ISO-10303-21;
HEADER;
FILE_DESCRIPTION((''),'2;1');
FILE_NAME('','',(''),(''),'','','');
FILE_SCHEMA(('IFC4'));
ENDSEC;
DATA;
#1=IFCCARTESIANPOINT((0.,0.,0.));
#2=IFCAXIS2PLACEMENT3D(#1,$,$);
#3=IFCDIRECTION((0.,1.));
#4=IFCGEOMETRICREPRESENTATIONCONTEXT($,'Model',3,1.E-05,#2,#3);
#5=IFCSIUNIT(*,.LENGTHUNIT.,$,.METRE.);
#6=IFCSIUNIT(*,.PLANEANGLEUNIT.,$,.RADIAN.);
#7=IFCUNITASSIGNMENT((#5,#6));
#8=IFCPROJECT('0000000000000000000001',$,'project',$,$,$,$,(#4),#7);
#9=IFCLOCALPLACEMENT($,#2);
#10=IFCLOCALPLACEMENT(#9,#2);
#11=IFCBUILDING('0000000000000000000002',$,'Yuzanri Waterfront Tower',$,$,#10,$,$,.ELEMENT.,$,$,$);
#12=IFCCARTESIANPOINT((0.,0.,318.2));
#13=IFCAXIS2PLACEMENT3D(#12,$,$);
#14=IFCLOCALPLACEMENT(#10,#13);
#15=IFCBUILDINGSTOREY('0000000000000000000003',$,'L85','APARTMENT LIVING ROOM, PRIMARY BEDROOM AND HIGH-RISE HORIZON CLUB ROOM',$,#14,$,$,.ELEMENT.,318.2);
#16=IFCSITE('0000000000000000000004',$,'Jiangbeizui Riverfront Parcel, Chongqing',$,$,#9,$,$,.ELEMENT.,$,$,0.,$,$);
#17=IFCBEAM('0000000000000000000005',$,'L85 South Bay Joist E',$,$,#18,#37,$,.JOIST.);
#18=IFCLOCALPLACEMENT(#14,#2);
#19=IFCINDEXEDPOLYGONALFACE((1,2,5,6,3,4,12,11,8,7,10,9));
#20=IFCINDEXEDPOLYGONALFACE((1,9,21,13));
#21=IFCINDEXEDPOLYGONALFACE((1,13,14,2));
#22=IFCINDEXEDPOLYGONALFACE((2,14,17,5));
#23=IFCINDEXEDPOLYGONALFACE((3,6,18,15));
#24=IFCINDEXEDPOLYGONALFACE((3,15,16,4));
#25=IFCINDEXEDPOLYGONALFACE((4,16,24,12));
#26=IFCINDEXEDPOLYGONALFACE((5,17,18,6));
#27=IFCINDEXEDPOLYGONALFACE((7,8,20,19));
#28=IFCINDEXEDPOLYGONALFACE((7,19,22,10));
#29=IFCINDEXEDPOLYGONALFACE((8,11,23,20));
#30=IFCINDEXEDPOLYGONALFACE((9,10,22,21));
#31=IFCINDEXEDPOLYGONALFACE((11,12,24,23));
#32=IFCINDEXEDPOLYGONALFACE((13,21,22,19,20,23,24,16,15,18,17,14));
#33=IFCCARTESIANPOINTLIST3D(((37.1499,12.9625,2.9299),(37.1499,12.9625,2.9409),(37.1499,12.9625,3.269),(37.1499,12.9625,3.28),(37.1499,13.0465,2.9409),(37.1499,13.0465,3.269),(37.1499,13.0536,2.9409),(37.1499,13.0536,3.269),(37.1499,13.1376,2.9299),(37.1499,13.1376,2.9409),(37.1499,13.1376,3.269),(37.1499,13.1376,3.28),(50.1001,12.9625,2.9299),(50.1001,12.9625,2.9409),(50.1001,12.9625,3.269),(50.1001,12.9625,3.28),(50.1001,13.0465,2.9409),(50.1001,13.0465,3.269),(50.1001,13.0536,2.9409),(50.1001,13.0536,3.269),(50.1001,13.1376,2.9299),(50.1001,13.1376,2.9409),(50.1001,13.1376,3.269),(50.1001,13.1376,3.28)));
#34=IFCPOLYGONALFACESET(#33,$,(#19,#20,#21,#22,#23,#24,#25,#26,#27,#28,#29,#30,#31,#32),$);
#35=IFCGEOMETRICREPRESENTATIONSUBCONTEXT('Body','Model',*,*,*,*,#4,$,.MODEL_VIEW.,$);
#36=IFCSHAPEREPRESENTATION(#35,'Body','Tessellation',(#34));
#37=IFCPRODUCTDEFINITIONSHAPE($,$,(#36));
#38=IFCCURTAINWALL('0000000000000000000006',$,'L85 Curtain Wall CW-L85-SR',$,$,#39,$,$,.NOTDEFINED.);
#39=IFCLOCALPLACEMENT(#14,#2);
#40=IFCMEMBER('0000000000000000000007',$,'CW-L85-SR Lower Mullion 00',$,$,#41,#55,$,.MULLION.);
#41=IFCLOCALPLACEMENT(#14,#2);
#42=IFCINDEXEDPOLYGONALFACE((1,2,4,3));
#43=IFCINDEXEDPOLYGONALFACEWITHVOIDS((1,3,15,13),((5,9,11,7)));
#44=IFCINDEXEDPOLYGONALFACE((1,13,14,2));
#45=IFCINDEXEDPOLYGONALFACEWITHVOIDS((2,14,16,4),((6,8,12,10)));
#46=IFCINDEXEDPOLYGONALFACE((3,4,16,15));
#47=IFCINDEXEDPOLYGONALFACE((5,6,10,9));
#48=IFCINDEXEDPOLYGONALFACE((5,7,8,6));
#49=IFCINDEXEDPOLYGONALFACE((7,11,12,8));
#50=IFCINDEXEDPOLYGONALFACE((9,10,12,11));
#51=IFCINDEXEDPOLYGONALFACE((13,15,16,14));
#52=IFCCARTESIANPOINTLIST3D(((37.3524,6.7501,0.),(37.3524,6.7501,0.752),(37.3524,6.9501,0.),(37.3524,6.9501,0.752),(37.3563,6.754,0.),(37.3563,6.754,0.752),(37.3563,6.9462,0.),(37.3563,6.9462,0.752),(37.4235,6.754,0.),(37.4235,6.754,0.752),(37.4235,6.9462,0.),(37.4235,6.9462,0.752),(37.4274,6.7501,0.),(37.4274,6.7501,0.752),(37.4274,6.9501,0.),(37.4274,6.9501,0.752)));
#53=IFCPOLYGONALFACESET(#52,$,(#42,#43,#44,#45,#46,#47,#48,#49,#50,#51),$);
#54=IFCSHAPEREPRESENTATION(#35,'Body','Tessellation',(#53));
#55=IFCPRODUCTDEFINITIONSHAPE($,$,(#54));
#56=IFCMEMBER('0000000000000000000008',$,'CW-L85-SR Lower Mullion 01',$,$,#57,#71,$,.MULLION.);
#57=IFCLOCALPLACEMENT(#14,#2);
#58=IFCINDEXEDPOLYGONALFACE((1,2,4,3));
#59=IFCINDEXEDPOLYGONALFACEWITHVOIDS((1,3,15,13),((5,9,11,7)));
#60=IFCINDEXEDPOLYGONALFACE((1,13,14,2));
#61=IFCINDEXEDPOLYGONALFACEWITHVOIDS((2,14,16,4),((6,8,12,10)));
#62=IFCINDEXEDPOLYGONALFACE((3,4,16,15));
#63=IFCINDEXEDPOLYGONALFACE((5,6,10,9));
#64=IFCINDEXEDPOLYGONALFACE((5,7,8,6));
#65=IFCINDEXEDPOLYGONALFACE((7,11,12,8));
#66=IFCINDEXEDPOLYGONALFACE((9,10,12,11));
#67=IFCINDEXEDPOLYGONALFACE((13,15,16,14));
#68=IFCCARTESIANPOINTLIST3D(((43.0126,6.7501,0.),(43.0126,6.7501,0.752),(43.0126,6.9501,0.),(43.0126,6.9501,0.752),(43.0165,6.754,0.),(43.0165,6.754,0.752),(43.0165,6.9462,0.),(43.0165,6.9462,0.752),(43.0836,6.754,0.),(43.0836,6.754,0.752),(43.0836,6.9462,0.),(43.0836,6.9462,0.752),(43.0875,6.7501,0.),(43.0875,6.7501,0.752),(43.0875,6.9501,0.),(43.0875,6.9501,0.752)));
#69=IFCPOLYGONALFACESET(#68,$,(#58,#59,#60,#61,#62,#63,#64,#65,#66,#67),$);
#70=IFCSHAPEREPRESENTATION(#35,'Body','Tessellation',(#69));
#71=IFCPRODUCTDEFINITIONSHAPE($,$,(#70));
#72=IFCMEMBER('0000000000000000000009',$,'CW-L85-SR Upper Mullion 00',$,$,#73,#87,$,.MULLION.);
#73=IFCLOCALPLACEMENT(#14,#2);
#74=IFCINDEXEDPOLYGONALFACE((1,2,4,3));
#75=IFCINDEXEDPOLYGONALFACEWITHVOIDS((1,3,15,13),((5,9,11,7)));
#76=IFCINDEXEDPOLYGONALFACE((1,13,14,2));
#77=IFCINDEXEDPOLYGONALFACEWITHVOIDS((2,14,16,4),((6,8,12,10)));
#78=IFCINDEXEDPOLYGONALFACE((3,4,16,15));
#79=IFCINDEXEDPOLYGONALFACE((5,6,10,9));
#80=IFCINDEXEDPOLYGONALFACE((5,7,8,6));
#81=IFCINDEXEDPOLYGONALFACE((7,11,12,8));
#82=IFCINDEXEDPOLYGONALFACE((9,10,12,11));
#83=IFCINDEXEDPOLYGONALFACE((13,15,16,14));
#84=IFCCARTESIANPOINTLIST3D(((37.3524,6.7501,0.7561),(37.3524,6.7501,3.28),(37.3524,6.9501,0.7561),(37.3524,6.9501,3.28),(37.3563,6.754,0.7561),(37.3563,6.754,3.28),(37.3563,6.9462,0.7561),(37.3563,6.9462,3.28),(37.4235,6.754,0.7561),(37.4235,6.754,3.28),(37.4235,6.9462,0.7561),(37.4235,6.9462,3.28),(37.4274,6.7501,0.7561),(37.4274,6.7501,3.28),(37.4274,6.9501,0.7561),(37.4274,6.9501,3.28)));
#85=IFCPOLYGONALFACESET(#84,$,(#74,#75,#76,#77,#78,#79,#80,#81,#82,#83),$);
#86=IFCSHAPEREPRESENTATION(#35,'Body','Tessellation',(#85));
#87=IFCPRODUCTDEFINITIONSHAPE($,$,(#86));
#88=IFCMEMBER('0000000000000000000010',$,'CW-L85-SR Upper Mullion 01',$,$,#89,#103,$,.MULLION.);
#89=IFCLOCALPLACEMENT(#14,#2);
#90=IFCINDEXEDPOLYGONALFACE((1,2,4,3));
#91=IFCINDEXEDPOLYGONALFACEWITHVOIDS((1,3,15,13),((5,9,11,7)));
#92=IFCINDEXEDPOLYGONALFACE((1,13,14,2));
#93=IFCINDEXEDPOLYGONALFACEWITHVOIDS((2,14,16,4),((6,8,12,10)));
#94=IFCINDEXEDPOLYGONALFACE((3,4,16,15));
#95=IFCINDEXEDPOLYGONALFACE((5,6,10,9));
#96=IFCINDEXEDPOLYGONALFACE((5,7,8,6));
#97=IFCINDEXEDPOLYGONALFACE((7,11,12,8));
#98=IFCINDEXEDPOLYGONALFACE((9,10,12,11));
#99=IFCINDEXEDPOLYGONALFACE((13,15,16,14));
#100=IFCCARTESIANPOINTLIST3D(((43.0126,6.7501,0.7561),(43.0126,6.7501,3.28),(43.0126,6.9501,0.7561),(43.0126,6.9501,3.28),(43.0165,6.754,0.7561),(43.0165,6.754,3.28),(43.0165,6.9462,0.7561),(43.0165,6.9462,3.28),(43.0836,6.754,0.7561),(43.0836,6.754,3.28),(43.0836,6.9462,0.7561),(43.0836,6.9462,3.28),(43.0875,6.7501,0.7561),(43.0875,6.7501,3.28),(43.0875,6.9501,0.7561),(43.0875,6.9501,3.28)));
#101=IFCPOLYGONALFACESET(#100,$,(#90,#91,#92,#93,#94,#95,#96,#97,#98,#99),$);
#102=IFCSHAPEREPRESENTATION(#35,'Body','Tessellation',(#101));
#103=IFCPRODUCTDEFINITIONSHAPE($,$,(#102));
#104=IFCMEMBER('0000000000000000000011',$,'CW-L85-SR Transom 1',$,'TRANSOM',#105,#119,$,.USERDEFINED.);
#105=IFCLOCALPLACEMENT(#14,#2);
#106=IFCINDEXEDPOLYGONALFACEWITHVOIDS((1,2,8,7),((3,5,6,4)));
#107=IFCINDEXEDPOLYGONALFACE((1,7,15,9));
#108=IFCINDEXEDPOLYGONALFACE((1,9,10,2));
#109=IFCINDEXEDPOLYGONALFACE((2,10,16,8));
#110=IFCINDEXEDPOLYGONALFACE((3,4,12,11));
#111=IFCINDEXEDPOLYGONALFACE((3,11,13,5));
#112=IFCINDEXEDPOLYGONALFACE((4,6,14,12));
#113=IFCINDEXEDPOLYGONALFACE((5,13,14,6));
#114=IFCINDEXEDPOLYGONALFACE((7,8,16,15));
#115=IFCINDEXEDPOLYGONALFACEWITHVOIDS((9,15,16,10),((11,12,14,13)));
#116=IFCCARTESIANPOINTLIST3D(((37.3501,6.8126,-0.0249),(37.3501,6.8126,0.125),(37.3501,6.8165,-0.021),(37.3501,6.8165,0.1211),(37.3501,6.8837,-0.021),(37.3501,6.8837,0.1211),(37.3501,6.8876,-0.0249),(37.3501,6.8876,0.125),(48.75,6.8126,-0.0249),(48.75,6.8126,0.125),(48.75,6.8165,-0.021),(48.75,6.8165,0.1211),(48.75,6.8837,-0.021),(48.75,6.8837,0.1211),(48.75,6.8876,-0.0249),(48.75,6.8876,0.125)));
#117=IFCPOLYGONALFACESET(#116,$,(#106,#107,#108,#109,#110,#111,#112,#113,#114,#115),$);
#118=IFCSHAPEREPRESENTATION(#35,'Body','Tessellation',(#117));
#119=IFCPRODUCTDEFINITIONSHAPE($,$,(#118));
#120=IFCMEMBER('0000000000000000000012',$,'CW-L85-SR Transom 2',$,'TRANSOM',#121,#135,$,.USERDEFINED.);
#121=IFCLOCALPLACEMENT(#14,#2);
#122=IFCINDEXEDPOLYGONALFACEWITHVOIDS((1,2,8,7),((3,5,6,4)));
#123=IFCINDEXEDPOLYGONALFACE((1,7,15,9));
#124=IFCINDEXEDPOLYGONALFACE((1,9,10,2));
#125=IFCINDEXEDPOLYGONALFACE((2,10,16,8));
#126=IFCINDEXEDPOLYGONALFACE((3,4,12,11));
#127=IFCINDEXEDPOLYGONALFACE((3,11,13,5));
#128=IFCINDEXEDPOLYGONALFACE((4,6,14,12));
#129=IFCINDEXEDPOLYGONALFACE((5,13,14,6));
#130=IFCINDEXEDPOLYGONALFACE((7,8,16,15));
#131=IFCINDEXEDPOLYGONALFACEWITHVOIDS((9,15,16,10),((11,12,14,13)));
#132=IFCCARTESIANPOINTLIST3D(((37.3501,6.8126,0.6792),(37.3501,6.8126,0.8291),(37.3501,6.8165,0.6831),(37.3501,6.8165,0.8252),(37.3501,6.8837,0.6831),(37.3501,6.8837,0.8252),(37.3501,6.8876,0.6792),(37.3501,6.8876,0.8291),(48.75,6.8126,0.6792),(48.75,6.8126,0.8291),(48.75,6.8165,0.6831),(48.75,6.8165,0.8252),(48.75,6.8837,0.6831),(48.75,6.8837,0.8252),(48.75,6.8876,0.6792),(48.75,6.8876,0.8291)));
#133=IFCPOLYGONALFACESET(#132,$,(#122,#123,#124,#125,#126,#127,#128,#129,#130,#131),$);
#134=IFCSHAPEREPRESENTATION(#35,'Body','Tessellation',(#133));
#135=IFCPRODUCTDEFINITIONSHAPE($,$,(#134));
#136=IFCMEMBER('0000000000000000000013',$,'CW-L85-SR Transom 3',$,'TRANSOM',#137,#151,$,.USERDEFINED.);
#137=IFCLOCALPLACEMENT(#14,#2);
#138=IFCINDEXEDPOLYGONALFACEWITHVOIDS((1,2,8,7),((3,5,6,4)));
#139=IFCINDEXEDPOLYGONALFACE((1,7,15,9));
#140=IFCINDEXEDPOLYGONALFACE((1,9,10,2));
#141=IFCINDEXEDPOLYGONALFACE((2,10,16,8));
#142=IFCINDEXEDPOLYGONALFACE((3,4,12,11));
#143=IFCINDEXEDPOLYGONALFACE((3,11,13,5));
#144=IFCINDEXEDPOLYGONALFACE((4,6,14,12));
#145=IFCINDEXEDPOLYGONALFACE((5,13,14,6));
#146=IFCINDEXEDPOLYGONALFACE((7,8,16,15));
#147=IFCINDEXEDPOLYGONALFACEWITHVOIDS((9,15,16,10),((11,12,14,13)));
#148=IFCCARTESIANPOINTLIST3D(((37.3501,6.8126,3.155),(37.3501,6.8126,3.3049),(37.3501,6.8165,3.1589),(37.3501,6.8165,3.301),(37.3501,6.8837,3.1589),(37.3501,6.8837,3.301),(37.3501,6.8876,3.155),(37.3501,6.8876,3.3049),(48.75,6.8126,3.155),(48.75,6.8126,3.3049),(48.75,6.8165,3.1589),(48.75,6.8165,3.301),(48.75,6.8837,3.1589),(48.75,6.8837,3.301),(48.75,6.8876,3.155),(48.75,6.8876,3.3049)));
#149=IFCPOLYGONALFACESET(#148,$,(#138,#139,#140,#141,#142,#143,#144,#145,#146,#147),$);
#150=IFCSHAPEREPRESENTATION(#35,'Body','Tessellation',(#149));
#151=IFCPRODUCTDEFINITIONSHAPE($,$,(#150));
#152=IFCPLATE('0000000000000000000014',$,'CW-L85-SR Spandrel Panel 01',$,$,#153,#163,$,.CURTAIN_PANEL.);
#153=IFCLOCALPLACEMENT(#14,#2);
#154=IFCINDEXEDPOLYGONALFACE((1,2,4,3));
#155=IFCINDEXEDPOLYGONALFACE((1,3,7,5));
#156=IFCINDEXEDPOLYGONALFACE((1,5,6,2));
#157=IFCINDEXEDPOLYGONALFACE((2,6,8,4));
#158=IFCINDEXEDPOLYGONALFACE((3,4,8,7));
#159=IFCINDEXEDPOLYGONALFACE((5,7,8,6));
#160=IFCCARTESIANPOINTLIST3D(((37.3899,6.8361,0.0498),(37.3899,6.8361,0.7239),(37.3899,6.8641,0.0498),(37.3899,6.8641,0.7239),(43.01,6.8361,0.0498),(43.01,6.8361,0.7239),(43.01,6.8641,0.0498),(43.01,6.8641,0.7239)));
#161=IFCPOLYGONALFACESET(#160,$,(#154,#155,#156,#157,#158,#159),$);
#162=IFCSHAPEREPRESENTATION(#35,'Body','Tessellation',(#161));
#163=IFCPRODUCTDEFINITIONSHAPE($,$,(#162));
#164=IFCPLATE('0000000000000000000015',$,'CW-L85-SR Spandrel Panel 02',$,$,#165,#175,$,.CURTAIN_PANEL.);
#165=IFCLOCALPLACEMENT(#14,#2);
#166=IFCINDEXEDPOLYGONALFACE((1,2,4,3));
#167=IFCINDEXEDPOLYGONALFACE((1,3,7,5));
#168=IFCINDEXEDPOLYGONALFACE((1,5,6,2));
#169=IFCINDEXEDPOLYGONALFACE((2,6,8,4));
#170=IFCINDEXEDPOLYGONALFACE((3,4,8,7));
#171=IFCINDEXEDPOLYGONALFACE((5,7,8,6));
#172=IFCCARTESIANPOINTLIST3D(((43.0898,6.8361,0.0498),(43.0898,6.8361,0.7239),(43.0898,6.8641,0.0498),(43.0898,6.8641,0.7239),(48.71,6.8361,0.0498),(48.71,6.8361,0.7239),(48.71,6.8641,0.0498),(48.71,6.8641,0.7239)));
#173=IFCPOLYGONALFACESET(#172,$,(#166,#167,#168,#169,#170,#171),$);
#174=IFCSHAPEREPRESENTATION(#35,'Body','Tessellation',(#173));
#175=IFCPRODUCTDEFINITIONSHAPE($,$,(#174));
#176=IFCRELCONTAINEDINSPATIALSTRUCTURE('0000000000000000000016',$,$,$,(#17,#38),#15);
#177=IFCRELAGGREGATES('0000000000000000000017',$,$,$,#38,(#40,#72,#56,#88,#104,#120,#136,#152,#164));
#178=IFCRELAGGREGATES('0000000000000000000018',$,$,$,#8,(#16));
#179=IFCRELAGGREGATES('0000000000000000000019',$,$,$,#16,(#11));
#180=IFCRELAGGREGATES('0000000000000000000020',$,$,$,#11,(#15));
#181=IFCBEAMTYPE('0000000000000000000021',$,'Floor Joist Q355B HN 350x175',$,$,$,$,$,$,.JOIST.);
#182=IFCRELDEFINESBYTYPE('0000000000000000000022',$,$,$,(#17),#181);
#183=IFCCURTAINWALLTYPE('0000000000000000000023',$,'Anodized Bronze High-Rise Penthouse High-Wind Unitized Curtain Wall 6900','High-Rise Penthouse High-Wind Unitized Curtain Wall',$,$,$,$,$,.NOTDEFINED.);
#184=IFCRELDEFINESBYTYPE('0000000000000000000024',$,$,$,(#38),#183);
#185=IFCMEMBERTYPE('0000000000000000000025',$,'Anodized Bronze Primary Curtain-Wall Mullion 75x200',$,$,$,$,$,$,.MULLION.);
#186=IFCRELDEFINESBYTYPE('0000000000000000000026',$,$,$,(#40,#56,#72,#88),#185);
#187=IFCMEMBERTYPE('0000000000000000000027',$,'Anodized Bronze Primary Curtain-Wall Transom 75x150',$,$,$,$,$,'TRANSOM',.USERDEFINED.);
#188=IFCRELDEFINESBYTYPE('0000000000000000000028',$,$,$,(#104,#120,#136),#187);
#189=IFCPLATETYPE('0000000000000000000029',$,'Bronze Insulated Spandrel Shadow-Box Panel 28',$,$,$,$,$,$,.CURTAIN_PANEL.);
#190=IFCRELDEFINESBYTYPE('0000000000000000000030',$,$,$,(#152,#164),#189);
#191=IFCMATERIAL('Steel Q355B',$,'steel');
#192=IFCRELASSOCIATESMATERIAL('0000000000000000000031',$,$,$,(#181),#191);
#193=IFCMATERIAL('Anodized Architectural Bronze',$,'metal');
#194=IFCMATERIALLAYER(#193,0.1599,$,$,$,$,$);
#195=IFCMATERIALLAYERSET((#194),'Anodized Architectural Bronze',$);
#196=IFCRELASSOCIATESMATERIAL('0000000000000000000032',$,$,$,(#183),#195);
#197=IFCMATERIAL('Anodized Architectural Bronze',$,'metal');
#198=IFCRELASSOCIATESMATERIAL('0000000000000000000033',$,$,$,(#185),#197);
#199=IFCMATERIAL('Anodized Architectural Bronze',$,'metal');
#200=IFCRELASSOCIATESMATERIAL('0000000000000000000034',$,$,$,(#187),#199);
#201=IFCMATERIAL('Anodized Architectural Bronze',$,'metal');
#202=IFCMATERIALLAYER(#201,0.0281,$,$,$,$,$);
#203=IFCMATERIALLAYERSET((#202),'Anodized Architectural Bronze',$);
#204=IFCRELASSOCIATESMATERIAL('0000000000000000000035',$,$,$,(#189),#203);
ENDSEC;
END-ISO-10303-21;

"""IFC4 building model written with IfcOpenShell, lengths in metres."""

from ifc_helpers import new_model, si_unit, direction, frame, origin, origin_2d, place, context, subcontext, project, spatial, rectangle, hollow_rectangle, i_section, extrude, source, transform, mapped, material, layer, layer_set, material_profile, profile_set, type_object, element, aggregate, save


model = new_model("IFC4")

# Units and contexts
model_context = context("Model", 3, precision=1e-05, world=origin(), true_north=direction((0.0, 1.0)))
body_context = subcontext(model_context, "Body", "Model", "MODEL_VIEW")
ifc_project = project(units=[si_unit("LENGTHUNIT", "METRE"), si_unit("PLANEANGLEUNIT", "RADIAN")], contexts=[model_context])

# Site, building, storey
site_placement = place(None, origin())
site = spatial("IfcSite", under=ifc_project, at=site_placement, Name="Jiangbeizui Riverfront Parcel, Chongqing", CompositionType="ELEMENT", RefElevation=0.0)
building_placement = place(site_placement, origin())
building = spatial("IfcBuilding", under=site, at=building_placement, Name="Yuzanri Waterfront Tower", CompositionType="ELEMENT")
storey_placement = place(building_placement, frame((0.0, 0.0, 318.2)))
storey = spatial("IfcBuildingStorey", under=building, at=storey_placement, Name="L85", Description="APARTMENT LIVING ROOM, PRIMARY BEDROOM AND HIGH-RISE HORIZON CLUB ROOM", CompositionType="ELEMENT", Elevation=318.2)

# Beam
ifc_material_1 = material(Name="Steel Q355B", Category="steel")
ifc_material_profile_1 = material_profile(ifc_material_1, i_section(OverallWidth=0.175, OverallDepth=0.3501, WebThickness=0.0071, FlangeThickness=0.011, at=origin_2d()), Name="HN 350x175x7x11")
ifc_profile_set_1 = profile_set([ifc_material_profile_1], Name="Steel Q355B")
beam_type = type_object("IfcBeamType", Name="Floor Joist Q355B HN 350x175", PredefinedType="JOIST", material=ifc_profile_set_1)
shared_shape_1 = source(origin(), body_context, "Body", "SweptSolid", [
    extrude(i_section(OverallWidth=0.175, OverallDepth=0.3501, WebThickness=0.0071, FlangeThickness=0.011, at=origin_2d()), origin(), (0.0, 0.0, 1.0), 12.9502),
])
beam_placement = place(storey_placement, frame((37.1499, 13.05, 3.105), z_axis=(1.0, 0.0, 0.0), x_axis=(0.0, 1.0, 0.0)))
element("IfcBeam", 1, at=beam_placement, inside=storey, type_object=beam_type, Name="L85 South Bay Joist E", PredefinedType="JOIST", context=body_context, shape_type="MappedRepresentation", body=[
    mapped(shared_shape_1, transform((0.0, 0.0, 0.0), scale=1.0)),
])

# Curtain wall, members, plates
ifc_material_2 = material(Name="Anodized Architectural Bronze", Category="metal")
ifc_layer_1 = layer(ifc_material_2, 0.1599)
ifc_layer_set_1 = layer_set([ifc_layer_1], Name="Anodized Architectural Bronze")
curtain_wall_type = type_object("IfcCurtainWallType", Name="Anodized Bronze High-Rise Penthouse High-Wind Unitized Curtain Wall 6900", Description="High-Rise Penthouse High-Wind Unitized Curtain Wall", PredefinedType="NOTDEFINED", material=ifc_layer_set_1)
curtain_wall_placement = place(storey_placement, origin())
curtain_wall = element("IfcCurtainWall", 2, at=curtain_wall_placement, inside=storey, type_object=curtain_wall_type, Name="L85 Curtain Wall CW-L85-SR", PredefinedType="NOTDEFINED")
ifc_material_3 = material(Name="Anodized Architectural Bronze", Category="metal")
ifc_material_profile_2 = material_profile(ifc_material_3, hollow_rectangle(XDim=0.075, YDim=0.2, WallThickness=0.0039, at=origin_2d()), Name="CWM 75x200")
ifc_profile_set_2 = profile_set([ifc_material_profile_2], Name="Anodized Architectural Bronze")
member_type_1 = type_object("IfcMemberType", Name="Anodized Bronze Primary Curtain-Wall Mullion 75x200", PredefinedType="MULLION", material=ifc_profile_set_2)
shared_shape_2 = source(origin(), body_context, "Body", "SweptSolid", [
    extrude(hollow_rectangle(XDim=0.075, YDim=0.2, WallThickness=0.0039, at=origin_2d()), origin(), (0.0, 0.0, 1.0), 0.752),
])
member_1_placement = place(storey_placement, frame((37.3899, 6.8501, 0.0), z_axis=(0.0, 0.0, 1.0), x_axis=(1.0, 0.0, 0.0)))
member_1 = element("IfcMember", 3, at=member_1_placement, type_object=member_type_1, Name="CW-L85-SR Lower Mullion 00", PredefinedType="MULLION", context=body_context, shape_type="MappedRepresentation", body=[
    mapped(shared_shape_2, transform((0.0, 0.0, 0.0), scale=1.0)),
])
member_2_placement = place(storey_placement, frame((43.05, 6.8501, 0.0), z_axis=(0.0, 0.0, 1.0), x_axis=(1.0, 0.0, 0.0)))
member_2 = element("IfcMember", 4, at=member_2_placement, type_object=member_type_1, Name="CW-L85-SR Lower Mullion 01", PredefinedType="MULLION", context=body_context, shape_type="MappedRepresentation", body=[
    mapped(shared_shape_2, transform((0.0, 0.0, 0.0), scale=1.0)),
])
shared_shape_3 = source(origin(), body_context, "Body", "SweptSolid", [
    extrude(hollow_rectangle(XDim=0.075, YDim=0.2, WallThickness=0.0039, at=origin_2d()), origin(), (0.0, 0.0, 1.0), 2.5239),
])
member_3_placement = place(storey_placement, frame((37.3899, 6.8501, 0.7561), z_axis=(0.0, 0.0, 1.0), x_axis=(1.0, 0.0, 0.0)))
member_3 = element("IfcMember", 5, at=member_3_placement, type_object=member_type_1, Name="CW-L85-SR Upper Mullion 00", PredefinedType="MULLION", context=body_context, shape_type="MappedRepresentation", body=[
    mapped(shared_shape_3, transform((0.0, 0.0, 0.0), scale=1.0)),
])
member_4_placement = place(storey_placement, frame((43.05, 6.8501, 0.7561), z_axis=(0.0, 0.0, 1.0), x_axis=(1.0, 0.0, 0.0)))
member_4 = element("IfcMember", 6, at=member_4_placement, type_object=member_type_1, Name="CW-L85-SR Upper Mullion 01", PredefinedType="MULLION", context=body_context, shape_type="MappedRepresentation", body=[
    mapped(shared_shape_3, transform((0.0, 0.0, 0.0), scale=1.0)),
])
ifc_material_4 = material(Name="Anodized Architectural Bronze", Category="metal")
ifc_material_profile_3 = material_profile(ifc_material_4, hollow_rectangle(XDim=0.075, YDim=0.1499, WallThickness=0.0039, at=origin_2d()), Name="CWT 75x150")
ifc_profile_set_3 = profile_set([ifc_material_profile_3], Name="Anodized Architectural Bronze")
member_type_2 = type_object("IfcMemberType", Name="Anodized Bronze Primary Curtain-Wall Transom 75x150", ElementType="TRANSOM", PredefinedType="USERDEFINED", material=ifc_profile_set_3)
shared_shape_4 = source(origin(), body_context, "Body", "SweptSolid", [
    extrude(hollow_rectangle(XDim=0.075, YDim=0.1499, WallThickness=0.0039, at=origin_2d()), origin(), (0.0, 0.0, 1.0), 11.3999),
])
member_5_placement = place(storey_placement, frame((37.3501, 6.8501, 0.05), z_axis=(1.0, 0.0, 0.0), x_axis=(0.0, 1.0, 0.0)))
member_5 = element("IfcMember", 7, at=member_5_placement, type_object=member_type_2, Name="CW-L85-SR Transom 1", ObjectType="TRANSOM", PredefinedType="USERDEFINED", context=body_context, shape_type="MappedRepresentation", body=[
    mapped(shared_shape_4, transform((0.0, 0.0, 0.0), scale=1.0)),
])
member_6_placement = place(storey_placement, frame((37.3501, 6.8501, 0.7542), z_axis=(1.0, 0.0, 0.0), x_axis=(0.0, 1.0, 0.0)))
member_6 = element("IfcMember", 8, at=member_6_placement, type_object=member_type_2, Name="CW-L85-SR Transom 2", ObjectType="TRANSOM", PredefinedType="USERDEFINED", context=body_context, shape_type="MappedRepresentation", body=[
    mapped(shared_shape_4, transform((0.0, 0.0, 0.0), scale=1.0)),
])
member_7_placement = place(storey_placement, frame((37.3501, 6.8501, 3.23), z_axis=(1.0, 0.0, 0.0), x_axis=(0.0, 1.0, 0.0)))
member_7 = element("IfcMember", 9, at=member_7_placement, type_object=member_type_2, Name="CW-L85-SR Transom 3", ObjectType="TRANSOM", PredefinedType="USERDEFINED", context=body_context, shape_type="MappedRepresentation", body=[
    mapped(shared_shape_4, transform((0.0, 0.0, 0.0), scale=1.0)),
])
ifc_material_5 = material(Name="Anodized Architectural Bronze", Category="metal")
ifc_layer_2 = layer(ifc_material_5, 0.0281)
ifc_layer_set_2 = layer_set([ifc_layer_2], Name="Anodized Architectural Bronze")
plate_type_1 = type_object("IfcPlateType", Name="Bronze Insulated Spandrel Shadow-Box Panel 28", PredefinedType="CURTAIN_PANEL", material=ifc_layer_set_2)
shared_shape_5 = source(origin(), body_context, "Body", "SweptSolid", [
    extrude(rectangle(XDim=5.6201, YDim=0.0281, at=origin_2d()), origin(), (0.0, 0.0, 1.0), 0.6741),
])
plate_1_placement = place(storey_placement, frame((40.2, 6.8501, 0.0498), z_axis=(0.0, 0.0, 1.0), x_axis=(1.0, 0.0, 0.0)))
plate_1 = element("IfcPlate", 10, at=plate_1_placement, type_object=plate_type_1, Name="CW-L85-SR Spandrel Panel 01", PredefinedType="CURTAIN_PANEL", context=body_context, shape_type="MappedRepresentation", body=[
    mapped(shared_shape_5, transform((0.0, 0.0, 0.0), scale=1.0)),
])
plate_2_placement = place(storey_placement, frame((45.8999, 6.8501, 0.0498), z_axis=(0.0, 0.0, 1.0), x_axis=(1.0, 0.0, 0.0)))
plate_2 = element("IfcPlate", 11, at=plate_2_placement, type_object=plate_type_1, Name="CW-L85-SR Spandrel Panel 02", PredefinedType="CURTAIN_PANEL", context=body_context, shape_type="MappedRepresentation", body=[
    mapped(shared_shape_5, transform((0.0, 0.0, 0.0), scale=1.0)),
])
aggregate(curtain_wall, [member_1, member_3, member_2, member_4, member_5, member_6, member_7, plate_1, plate_2])

save(model, "model.ifc")
